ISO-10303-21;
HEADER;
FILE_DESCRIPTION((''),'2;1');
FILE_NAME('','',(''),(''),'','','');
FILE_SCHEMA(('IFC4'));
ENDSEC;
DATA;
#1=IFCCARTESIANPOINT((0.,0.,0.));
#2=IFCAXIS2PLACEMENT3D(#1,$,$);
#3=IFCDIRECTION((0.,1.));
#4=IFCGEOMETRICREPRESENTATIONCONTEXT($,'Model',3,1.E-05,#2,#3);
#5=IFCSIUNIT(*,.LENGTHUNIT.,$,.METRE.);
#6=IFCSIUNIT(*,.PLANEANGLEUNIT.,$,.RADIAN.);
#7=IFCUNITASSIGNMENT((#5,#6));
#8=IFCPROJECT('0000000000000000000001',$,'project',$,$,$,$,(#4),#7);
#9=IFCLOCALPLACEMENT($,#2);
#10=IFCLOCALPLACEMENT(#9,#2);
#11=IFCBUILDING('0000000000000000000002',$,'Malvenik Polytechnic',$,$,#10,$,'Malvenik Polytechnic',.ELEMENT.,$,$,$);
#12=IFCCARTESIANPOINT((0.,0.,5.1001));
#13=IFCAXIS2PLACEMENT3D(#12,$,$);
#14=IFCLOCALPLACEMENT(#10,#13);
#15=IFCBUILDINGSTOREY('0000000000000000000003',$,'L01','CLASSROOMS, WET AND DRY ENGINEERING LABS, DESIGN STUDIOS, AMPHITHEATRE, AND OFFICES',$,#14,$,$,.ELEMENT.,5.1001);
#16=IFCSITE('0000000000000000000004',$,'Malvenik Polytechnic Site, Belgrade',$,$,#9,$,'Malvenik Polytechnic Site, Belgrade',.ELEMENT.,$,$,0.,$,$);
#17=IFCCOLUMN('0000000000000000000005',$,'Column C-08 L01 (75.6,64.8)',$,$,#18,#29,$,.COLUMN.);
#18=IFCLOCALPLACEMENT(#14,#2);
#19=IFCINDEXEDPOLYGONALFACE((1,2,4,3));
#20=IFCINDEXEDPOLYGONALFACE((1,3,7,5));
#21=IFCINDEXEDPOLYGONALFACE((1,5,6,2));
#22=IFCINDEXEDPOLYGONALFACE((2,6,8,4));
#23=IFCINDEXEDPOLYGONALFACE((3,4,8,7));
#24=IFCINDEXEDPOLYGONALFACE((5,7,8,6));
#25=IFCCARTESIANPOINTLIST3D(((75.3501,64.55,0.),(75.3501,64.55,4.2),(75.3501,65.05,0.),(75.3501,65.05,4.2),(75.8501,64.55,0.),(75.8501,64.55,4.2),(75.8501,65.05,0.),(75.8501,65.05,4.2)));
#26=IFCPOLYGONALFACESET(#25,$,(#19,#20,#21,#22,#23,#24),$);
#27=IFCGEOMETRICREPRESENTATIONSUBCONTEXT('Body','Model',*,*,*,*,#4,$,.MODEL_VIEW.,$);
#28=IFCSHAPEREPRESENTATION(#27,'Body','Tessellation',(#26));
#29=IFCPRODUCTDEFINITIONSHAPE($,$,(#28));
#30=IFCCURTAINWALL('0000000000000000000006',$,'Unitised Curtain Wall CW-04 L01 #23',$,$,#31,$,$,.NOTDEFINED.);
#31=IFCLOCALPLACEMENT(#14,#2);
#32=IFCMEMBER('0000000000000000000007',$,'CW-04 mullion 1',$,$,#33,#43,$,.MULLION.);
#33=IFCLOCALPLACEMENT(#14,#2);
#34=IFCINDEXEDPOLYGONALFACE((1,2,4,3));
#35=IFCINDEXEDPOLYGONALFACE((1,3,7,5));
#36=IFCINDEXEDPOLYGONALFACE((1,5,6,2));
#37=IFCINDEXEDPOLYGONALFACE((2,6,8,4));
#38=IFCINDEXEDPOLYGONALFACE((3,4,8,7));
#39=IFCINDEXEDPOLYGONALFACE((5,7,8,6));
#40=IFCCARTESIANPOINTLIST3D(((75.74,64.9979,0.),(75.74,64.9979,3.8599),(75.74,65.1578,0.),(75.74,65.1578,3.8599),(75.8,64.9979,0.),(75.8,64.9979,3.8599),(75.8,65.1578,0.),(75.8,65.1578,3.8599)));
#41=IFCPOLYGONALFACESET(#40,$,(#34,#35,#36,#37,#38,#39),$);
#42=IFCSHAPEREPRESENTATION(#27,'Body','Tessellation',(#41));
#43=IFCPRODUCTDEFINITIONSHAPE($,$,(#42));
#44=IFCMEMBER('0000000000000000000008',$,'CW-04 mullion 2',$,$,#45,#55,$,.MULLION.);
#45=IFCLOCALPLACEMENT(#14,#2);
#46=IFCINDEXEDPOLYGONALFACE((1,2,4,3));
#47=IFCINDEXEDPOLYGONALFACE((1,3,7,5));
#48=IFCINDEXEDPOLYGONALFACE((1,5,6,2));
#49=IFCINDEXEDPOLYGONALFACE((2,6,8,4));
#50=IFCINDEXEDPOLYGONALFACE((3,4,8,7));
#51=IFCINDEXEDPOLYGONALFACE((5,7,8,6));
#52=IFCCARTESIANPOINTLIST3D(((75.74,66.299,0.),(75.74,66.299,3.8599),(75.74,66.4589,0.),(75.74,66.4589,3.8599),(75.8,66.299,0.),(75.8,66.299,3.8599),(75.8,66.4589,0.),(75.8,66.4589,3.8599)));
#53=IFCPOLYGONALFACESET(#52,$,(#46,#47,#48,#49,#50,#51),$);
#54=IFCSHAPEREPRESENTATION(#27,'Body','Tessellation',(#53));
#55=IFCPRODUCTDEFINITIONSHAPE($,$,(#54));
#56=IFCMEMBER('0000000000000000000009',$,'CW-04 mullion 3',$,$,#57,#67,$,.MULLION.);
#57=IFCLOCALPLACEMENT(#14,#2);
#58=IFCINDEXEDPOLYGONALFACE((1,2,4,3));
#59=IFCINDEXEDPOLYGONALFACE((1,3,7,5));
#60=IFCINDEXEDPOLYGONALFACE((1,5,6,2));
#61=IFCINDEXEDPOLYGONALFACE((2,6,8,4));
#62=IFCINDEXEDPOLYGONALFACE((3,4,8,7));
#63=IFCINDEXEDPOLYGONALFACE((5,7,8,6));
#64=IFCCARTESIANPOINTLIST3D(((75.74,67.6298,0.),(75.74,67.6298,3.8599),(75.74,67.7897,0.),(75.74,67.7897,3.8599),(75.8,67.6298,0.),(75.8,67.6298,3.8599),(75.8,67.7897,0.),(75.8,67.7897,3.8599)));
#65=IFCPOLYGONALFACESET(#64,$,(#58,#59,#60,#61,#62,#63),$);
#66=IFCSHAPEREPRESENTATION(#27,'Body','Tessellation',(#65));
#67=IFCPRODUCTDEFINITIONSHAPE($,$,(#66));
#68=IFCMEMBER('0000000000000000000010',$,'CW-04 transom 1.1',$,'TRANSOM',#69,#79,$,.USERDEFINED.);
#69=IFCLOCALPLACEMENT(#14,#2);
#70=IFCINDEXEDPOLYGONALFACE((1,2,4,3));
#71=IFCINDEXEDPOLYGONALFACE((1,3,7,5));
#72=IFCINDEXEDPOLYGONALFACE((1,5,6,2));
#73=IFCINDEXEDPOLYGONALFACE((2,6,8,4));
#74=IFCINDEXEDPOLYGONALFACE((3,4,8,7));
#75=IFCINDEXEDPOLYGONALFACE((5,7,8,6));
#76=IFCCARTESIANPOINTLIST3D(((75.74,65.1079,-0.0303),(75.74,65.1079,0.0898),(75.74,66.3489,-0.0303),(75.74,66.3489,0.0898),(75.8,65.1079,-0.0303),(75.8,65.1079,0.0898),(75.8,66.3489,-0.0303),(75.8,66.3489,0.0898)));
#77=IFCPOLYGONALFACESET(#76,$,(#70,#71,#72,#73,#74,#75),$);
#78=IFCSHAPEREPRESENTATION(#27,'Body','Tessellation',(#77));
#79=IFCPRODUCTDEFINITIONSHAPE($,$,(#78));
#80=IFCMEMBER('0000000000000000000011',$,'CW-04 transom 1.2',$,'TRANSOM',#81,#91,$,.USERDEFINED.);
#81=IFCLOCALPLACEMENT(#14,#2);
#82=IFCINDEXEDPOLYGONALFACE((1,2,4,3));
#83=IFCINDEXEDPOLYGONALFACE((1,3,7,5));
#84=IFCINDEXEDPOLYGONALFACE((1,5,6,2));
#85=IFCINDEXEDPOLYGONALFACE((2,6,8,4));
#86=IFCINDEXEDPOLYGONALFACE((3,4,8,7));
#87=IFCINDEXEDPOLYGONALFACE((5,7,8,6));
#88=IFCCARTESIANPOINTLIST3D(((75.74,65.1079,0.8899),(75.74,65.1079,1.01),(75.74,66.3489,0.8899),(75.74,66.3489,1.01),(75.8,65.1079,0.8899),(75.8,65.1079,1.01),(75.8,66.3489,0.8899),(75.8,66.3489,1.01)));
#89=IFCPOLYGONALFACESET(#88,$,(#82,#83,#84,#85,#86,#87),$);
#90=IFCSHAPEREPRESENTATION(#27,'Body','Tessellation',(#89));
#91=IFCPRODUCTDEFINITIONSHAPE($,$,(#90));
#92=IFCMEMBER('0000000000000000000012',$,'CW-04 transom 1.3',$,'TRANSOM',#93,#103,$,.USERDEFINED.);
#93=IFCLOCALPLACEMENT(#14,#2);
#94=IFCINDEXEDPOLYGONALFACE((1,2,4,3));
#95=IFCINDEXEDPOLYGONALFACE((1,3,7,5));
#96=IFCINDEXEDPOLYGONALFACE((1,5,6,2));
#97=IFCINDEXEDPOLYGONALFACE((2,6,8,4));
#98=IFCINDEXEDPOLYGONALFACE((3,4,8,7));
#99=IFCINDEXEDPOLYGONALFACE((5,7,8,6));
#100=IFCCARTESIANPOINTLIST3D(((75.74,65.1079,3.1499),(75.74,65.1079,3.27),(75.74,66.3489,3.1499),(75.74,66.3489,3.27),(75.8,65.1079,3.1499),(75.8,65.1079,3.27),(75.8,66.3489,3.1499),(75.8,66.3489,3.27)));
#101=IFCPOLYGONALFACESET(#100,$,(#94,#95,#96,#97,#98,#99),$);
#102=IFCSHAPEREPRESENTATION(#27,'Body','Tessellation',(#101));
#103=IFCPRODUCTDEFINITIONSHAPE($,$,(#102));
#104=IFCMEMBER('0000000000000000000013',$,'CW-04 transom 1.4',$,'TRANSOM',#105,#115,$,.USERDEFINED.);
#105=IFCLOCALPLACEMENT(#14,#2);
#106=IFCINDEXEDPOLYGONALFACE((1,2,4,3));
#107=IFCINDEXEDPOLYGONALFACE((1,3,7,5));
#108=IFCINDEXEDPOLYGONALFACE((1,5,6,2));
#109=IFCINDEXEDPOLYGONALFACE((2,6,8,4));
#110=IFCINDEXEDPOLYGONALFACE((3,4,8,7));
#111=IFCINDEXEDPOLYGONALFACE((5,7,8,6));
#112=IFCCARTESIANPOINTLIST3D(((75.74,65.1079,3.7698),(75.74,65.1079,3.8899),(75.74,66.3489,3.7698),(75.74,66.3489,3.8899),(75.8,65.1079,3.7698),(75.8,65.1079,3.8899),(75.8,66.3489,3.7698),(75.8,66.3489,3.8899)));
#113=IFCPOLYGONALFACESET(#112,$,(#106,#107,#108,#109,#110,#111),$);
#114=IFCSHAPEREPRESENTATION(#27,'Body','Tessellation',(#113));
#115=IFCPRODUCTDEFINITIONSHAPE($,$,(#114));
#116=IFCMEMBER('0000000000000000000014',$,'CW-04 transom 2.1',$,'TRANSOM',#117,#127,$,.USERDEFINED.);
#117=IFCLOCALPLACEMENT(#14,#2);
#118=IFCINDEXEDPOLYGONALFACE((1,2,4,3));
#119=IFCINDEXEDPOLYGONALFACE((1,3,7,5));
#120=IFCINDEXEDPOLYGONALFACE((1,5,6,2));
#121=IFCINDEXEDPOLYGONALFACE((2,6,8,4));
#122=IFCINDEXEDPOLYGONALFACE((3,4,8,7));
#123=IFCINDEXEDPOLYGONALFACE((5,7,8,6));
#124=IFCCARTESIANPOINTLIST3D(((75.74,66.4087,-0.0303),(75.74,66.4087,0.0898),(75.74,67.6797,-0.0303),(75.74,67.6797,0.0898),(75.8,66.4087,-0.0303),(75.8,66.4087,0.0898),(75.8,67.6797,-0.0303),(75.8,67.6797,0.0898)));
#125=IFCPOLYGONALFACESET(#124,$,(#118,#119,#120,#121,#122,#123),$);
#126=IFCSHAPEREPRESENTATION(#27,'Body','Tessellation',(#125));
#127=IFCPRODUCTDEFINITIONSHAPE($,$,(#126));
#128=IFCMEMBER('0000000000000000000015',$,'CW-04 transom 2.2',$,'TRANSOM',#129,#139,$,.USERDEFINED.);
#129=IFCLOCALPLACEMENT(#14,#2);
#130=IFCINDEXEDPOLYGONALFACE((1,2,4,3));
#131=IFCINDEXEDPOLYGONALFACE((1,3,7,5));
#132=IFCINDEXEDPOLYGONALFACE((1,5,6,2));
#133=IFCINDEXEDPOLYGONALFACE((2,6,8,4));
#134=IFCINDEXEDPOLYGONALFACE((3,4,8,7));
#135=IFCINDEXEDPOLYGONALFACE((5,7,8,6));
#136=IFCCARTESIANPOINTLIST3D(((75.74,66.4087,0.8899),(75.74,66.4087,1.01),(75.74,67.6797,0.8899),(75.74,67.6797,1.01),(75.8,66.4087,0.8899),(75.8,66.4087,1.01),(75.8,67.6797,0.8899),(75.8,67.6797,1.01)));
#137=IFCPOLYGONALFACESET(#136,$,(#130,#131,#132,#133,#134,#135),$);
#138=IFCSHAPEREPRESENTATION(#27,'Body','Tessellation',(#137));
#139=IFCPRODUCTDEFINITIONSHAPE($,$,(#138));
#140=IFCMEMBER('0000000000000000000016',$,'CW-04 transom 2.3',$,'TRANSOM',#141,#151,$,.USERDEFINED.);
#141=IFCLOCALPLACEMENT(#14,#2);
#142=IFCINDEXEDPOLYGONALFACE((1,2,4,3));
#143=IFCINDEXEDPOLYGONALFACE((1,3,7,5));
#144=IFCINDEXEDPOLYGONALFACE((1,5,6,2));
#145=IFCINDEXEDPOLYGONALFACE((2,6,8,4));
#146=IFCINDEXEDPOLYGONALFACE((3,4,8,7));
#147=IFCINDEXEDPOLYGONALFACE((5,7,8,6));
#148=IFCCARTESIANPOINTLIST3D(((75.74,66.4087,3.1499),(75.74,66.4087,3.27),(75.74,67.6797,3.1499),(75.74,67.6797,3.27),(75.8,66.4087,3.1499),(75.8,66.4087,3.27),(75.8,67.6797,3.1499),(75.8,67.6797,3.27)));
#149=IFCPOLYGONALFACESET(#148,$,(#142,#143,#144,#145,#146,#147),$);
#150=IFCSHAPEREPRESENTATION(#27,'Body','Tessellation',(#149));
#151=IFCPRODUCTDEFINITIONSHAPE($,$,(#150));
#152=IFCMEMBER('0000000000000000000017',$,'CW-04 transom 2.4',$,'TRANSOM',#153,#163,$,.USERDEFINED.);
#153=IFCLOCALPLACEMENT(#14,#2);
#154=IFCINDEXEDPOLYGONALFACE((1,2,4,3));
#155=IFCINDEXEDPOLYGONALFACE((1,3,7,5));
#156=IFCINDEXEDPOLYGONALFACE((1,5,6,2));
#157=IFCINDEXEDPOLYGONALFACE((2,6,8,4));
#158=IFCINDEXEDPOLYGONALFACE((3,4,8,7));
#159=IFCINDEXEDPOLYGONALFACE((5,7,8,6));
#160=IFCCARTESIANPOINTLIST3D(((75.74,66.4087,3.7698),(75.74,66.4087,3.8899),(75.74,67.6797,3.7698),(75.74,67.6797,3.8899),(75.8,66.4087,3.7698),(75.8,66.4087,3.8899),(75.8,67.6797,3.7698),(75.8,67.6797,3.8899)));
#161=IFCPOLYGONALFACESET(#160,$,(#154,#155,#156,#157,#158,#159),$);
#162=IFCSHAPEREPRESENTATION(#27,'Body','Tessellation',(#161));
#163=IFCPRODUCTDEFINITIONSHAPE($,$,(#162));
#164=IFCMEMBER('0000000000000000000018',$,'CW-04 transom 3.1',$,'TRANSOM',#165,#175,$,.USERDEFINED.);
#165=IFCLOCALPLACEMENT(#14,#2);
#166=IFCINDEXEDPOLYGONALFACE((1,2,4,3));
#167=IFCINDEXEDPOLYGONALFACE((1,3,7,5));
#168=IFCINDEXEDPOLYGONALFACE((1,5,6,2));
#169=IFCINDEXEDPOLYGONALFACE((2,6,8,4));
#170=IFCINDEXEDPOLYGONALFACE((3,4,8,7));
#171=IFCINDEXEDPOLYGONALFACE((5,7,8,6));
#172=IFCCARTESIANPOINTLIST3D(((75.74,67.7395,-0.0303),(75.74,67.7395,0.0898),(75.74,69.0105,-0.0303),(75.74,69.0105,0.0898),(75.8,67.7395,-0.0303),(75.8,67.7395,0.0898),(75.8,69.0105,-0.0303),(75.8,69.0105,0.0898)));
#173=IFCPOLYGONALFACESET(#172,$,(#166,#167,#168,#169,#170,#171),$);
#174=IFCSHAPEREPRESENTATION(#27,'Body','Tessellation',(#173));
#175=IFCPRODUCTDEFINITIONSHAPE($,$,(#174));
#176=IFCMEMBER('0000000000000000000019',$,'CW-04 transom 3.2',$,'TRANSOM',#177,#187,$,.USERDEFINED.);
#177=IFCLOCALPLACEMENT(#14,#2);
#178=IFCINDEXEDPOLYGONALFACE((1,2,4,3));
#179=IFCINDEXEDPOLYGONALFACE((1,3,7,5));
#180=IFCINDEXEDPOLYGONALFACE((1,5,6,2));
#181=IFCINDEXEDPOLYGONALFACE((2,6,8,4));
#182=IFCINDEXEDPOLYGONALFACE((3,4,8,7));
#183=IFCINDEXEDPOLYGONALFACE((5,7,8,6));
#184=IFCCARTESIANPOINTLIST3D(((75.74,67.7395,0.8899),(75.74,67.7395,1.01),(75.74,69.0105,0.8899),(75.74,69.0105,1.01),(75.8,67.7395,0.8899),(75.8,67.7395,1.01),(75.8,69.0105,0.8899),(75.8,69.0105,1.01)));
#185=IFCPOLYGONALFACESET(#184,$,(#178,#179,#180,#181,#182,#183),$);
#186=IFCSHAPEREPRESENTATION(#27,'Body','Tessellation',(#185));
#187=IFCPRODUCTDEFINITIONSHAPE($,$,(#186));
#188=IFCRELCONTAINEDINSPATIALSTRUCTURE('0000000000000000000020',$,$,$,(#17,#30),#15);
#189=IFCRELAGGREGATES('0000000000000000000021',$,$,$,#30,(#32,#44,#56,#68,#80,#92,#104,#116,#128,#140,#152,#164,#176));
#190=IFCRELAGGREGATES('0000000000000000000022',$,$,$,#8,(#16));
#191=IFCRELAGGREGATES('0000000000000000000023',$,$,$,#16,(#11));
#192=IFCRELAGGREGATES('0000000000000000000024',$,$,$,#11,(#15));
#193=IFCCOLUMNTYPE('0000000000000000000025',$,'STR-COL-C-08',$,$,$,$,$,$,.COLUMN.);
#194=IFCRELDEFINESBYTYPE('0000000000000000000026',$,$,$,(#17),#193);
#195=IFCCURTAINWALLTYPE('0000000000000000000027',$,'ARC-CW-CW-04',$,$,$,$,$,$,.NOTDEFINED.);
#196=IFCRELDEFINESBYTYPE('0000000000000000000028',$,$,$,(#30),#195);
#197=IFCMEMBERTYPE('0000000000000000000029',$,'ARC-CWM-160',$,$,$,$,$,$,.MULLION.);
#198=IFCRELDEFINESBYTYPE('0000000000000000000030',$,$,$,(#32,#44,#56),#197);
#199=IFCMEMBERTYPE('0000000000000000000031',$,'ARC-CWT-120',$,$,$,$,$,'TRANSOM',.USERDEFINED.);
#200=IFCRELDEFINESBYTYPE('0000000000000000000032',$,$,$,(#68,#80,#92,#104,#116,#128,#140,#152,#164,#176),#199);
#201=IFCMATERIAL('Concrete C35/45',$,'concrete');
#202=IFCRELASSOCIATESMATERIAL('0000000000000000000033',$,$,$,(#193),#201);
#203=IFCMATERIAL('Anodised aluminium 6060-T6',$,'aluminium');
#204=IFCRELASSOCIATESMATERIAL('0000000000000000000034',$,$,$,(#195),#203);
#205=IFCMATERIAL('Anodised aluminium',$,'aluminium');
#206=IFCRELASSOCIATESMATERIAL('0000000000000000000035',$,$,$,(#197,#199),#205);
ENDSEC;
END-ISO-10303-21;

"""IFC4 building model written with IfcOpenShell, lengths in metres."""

from ifc_helpers import new_model, si_unit, direction, frame, origin, origin_2d, place, context, subcontext, project, spatial, rectangle, extrude, material, material_profile, profile_set, type_object, element, aggregate, save


model = new_model("IFC4")

# Units and contexts
model_context = context("Model", 3, precision=1e-05, world=origin(), true_north=direction((0.0, 1.0)))
body_context = subcontext(model_context, "Body", "Model", "MODEL_VIEW")
ifc_project = project(units=[si_unit("LENGTHUNIT", "METRE"), si_unit("PLANEANGLEUNIT", "RADIAN")], contexts=[model_context])

# Site, building, storey
site_placement = place(None, origin())
site = spatial("IfcSite", under=ifc_project, at=site_placement, Name="Malvenik Polytechnic Site, Belgrade", LongName="Malvenik Polytechnic Site, Belgrade", CompositionType="ELEMENT", RefElevation=0.0)
building_placement = place(site_placement, origin())
building = spatial("IfcBuilding", under=site, at=building_placement, Name="Malvenik Polytechnic", LongName="Malvenik Polytechnic", CompositionType="ELEMENT")
storey_placement = place(building_placement, frame((0.0, 0.0, 5.1001)))
storey = spatial("IfcBuildingStorey", under=building, at=storey_placement, Name="L01", Description="CLASSROOMS, WET AND DRY ENGINEERING LABS, DESIGN STUDIOS, AMPHITHEATRE, AND OFFICES", CompositionType="ELEMENT", Elevation=5.1001)

# Column
ifc_material_1 = material(Name="Concrete C35/45", Category="concrete")
ifc_material_profile_1 = material_profile(ifc_material_1, rectangle(XDim=0.5, YDim=0.5, at=origin_2d()), Name="RC COL 500x500")
ifc_profile_set_1 = profile_set([ifc_material_profile_1], Name="Concrete C35/45")
column_type = type_object("IfcColumnType", Name="STR-COL-C-08", PredefinedType="COLUMN", material=ifc_profile_set_1)
column_placement = place(storey_placement, frame((75.6001, 64.8, 0.0), z_axis=(0.0, 0.0, 1.0), x_axis=(1.0, 0.0, 0.0)))
element("IfcColumn", 1, at=column_placement, inside=storey, type_object=column_type, Name="Column C-08 L01 (75.6,64.8)", PredefinedType="COLUMN", context=body_context, shape_type="SweptSolid", body=[
    extrude(rectangle(XDim=0.5, YDim=0.5, at=origin_2d()), origin(), (0.0, 0.0, 1.0), 4.2),
])

# Curtain wall, members
ifc_material_2 = material(Name="Anodised aluminium 6060-T6", Category="aluminium")
curtain_wall_type = type_object("IfcCurtainWallType", Name="ARC-CW-CW-04", PredefinedType="NOTDEFINED", material=ifc_material_2)
curtain_wall_placement = place(storey_placement, origin())
curtain_wall = element("IfcCurtainWall", 2, at=curtain_wall_placement, inside=storey, type_object=curtain_wall_type, Name="Unitised Curtain Wall CW-04 L01 #23", PredefinedType="NOTDEFINED")
ifc_material_3 = material(Name="Anodised aluminium", Category="aluminium")
ifc_material_profile_2 = material_profile(ifc_material_3, rectangle(XDim=0.0601, YDim=0.1599, at=origin_2d()), Name="ALU MULLION 60x160")
ifc_profile_set_2 = profile_set([ifc_material_profile_2], Name="Anodised aluminium")
member_type_1 = type_object("IfcMemberType", Name="ARC-CWM-160", PredefinedType="MULLION", material=ifc_profile_set_2)
member_1_placement = place(storey_placement, frame((75.77, 65.0779, 0.0), z_axis=(0.0, 0.0, 1.0), x_axis=(-1.0, 0.0, 0.0)))
member_1 = element("IfcMember", 3, at=member_1_placement, type_object=member_type_1, Name="CW-04 mullion 1", PredefinedType="MULLION", context=body_context, shape_type="SweptSolid", body=[
    extrude(rectangle(XDim=0.0601, YDim=0.1599, at=origin_2d()), origin(), (0.0, 0.0, 1.0), 3.8599),
])
member_2_placement = place(storey_placement, frame((75.77, 66.3789, 0.0), z_axis=(0.0, 0.0, 1.0), x_axis=(-1.0, 0.0, 0.0)))
member_2 = element("IfcMember", 4, at=member_2_placement, type_object=member_type_1, Name="CW-04 mullion 2", PredefinedType="MULLION", context=body_context, shape_type="SweptSolid", body=[
    extrude(rectangle(XDim=0.0601, YDim=0.1599, at=origin_2d()), origin(), (0.0, 0.0, 1.0), 3.8599),
])
member_3_placement = place(storey_placement, frame((75.77, 67.7097, 0.0), z_axis=(0.0, 0.0, 1.0), x_axis=(-1.0, 0.0, 0.0)))
member_3 = element("IfcMember", 5, at=member_3_placement, type_object=member_type_1, Name="CW-04 mullion 3", PredefinedType="MULLION", context=body_context, shape_type="SweptSolid", body=[
    extrude(rectangle(XDim=0.0601, YDim=0.1599, at=origin_2d()), origin(), (0.0, 0.0, 1.0), 3.8599),
])
ifc_material_profile_3 = material_profile(ifc_material_3, rectangle(XDim=0.0601, YDim=0.1201, at=origin_2d()), Name="ALU TRANSOM 60x120")
ifc_profile_set_3 = profile_set([ifc_material_profile_3], Name="Anodised aluminium")
member_type_2 = type_object("IfcMemberType", Name="ARC-CWT-120", ElementType="TRANSOM", PredefinedType="USERDEFINED", material=ifc_profile_set_3)
member_4_placement = place(storey_placement, frame((75.77, 65.1079, 0.0298), z_axis=(0.0, 1.0, 0.0), x_axis=(-1.0, 0.0, 0.0)))
member_4 = element("IfcMember", 6, at=member_4_placement, type_object=member_type_2, Name="CW-04 transom 1.1", ObjectType="TRANSOM", PredefinedType="USERDEFINED", context=body_context, shape_type="SweptSolid", body=[
    extrude(rectangle(XDim=0.0601, YDim=0.1201, at=origin_2d()), origin(), (0.0, 0.0, 1.0), 1.241),
])
member_5_placement = place(storey_placement, frame((75.77, 65.1079, 0.95), z_axis=(0.0, 1.0, 0.0), x_axis=(-1.0, 0.0, 0.0)))
member_5 = element("IfcMember", 7, at=member_5_placement, type_object=member_type_2, Name="CW-04 transom 1.2", ObjectType="TRANSOM", PredefinedType="USERDEFINED", context=body_context, shape_type="SweptSolid", body=[
    extrude(rectangle(XDim=0.0601, YDim=0.1201, at=origin_2d()), origin(), (0.0, 0.0, 1.0), 1.241),
])
member_6_placement = place(storey_placement, frame((75.77, 65.1079, 3.21), z_axis=(0.0, 1.0, 0.0), x_axis=(-1.0, 0.0, 0.0)))
member_6 = element("IfcMember", 8, at=member_6_placement, type_object=member_type_2, Name="CW-04 transom 1.3", ObjectType="TRANSOM", PredefinedType="USERDEFINED", context=body_context, shape_type="SweptSolid", body=[
    extrude(rectangle(XDim=0.0601, YDim=0.1201, at=origin_2d()), origin(), (0.0, 0.0, 1.0), 1.241),
])
member_7_placement = place(storey_placement, frame((75.77, 65.1079, 3.8298), z_axis=(0.0, 1.0, 0.0), x_axis=(-1.0, 0.0, 0.0)))
member_7 = element("IfcMember", 9, at=member_7_placement, type_object=member_type_2, Name="CW-04 transom 1.4", ObjectType="TRANSOM", PredefinedType="USERDEFINED", context=body_context, shape_type="SweptSolid", body=[
    extrude(rectangle(XDim=0.0601, YDim=0.1201, at=origin_2d()), origin(), (0.0, 0.0, 1.0), 1.241),
])
member_8_placement = place(storey_placement, frame((75.77, 66.4087, 0.0298), z_axis=(0.0, 1.0, 0.0), x_axis=(-1.0, 0.0, 0.0)))
member_8 = element("IfcMember", 10, at=member_8_placement, type_object=member_type_2, Name="CW-04 transom 2.1", ObjectType="TRANSOM", PredefinedType="USERDEFINED", context=body_context, shape_type="SweptSolid", body=[
    extrude(rectangle(XDim=0.0601, YDim=0.1201, at=origin_2d()), origin(), (0.0, 0.0, 1.0), 1.271),
])
member_9_placement = place(storey_placement, frame((75.77, 66.4087, 0.95), z_axis=(0.0, 1.0, 0.0), x_axis=(-1.0, 0.0, 0.0)))
member_9 = element("IfcMember", 11, at=member_9_placement, type_object=member_type_2, Name="CW-04 transom 2.2", ObjectType="TRANSOM", PredefinedType="USERDEFINED", context=body_context, shape_type="SweptSolid", body=[
    extrude(rectangle(XDim=0.0601, YDim=0.1201, at=origin_2d()), origin(), (0.0, 0.0, 1.0), 1.271),
])
member_10_placement = place(storey_placement, frame((75.77, 66.4087, 3.21), z_axis=(0.0, 1.0, 0.0), x_axis=(-1.0, 0.0, 0.0)))
member_10 = element("IfcMember", 12, at=member_10_placement, type_object=member_type_2, Name="CW-04 transom 2.3", ObjectType="TRANSOM", PredefinedType="USERDEFINED", context=body_context, shape_type="SweptSolid", body=[
    extrude(rectangle(XDim=0.0601, YDim=0.1201, at=origin_2d()), origin(), (0.0, 0.0, 1.0), 1.271),
])
member_11_placement = place(storey_placement, frame((75.77, 66.4087, 3.8298), z_axis=(0.0, 1.0, 0.0), x_axis=(-1.0, 0.0, 0.0)))
member_11 = element("IfcMember", 13, at=member_11_placement, type_object=member_type_2, Name="CW-04 transom 2.4", ObjectType="TRANSOM", PredefinedType="USERDEFINED", context=body_context, shape_type="SweptSolid", body=[
    extrude(rectangle(XDim=0.0601, YDim=0.1201, at=origin_2d()), origin(), (0.0, 0.0, 1.0), 1.271),
])
member_12_placement = place(storey_placement, frame((75.77, 67.7395, 0.0298), z_axis=(0.0, 1.0, 0.0), x_axis=(-1.0, 0.0, 0.0)))
member_12 = element("IfcMember", 14, at=member_12_placement, type_object=member_type_2, Name="CW-04 transom 3.1", ObjectType="TRANSOM", PredefinedType="USERDEFINED", context=body_context, shape_type="SweptSolid", body=[
    extrude(rectangle(XDim=0.0601, YDim=0.1201, at=origin_2d()), origin(), (0.0, 0.0, 1.0), 1.271),
])
member_13_placement = place(storey_placement, frame((75.77, 67.7395, 0.95), z_axis=(0.0, 1.0, 0.0), x_axis=(-1.0, 0.0, 0.0)))
member_13 = element("IfcMember", 15, at=member_13_placement, type_object=member_type_2, Name="CW-04 transom 3.2", ObjectType="TRANSOM", PredefinedType="USERDEFINED", context=body_context, shape_type="SweptSolid", body=[
    extrude(rectangle(XDim=0.0601, YDim=0.1201, at=origin_2d()), origin(), (0.0, 0.0, 1.0), 1.271),
])
aggregate(curtain_wall, [member_1, member_2, member_3, member_4, member_5, member_6, member_7, member_8, member_9, member_10, member_11, member_12, member_13])

save(model, "model.ifc")
